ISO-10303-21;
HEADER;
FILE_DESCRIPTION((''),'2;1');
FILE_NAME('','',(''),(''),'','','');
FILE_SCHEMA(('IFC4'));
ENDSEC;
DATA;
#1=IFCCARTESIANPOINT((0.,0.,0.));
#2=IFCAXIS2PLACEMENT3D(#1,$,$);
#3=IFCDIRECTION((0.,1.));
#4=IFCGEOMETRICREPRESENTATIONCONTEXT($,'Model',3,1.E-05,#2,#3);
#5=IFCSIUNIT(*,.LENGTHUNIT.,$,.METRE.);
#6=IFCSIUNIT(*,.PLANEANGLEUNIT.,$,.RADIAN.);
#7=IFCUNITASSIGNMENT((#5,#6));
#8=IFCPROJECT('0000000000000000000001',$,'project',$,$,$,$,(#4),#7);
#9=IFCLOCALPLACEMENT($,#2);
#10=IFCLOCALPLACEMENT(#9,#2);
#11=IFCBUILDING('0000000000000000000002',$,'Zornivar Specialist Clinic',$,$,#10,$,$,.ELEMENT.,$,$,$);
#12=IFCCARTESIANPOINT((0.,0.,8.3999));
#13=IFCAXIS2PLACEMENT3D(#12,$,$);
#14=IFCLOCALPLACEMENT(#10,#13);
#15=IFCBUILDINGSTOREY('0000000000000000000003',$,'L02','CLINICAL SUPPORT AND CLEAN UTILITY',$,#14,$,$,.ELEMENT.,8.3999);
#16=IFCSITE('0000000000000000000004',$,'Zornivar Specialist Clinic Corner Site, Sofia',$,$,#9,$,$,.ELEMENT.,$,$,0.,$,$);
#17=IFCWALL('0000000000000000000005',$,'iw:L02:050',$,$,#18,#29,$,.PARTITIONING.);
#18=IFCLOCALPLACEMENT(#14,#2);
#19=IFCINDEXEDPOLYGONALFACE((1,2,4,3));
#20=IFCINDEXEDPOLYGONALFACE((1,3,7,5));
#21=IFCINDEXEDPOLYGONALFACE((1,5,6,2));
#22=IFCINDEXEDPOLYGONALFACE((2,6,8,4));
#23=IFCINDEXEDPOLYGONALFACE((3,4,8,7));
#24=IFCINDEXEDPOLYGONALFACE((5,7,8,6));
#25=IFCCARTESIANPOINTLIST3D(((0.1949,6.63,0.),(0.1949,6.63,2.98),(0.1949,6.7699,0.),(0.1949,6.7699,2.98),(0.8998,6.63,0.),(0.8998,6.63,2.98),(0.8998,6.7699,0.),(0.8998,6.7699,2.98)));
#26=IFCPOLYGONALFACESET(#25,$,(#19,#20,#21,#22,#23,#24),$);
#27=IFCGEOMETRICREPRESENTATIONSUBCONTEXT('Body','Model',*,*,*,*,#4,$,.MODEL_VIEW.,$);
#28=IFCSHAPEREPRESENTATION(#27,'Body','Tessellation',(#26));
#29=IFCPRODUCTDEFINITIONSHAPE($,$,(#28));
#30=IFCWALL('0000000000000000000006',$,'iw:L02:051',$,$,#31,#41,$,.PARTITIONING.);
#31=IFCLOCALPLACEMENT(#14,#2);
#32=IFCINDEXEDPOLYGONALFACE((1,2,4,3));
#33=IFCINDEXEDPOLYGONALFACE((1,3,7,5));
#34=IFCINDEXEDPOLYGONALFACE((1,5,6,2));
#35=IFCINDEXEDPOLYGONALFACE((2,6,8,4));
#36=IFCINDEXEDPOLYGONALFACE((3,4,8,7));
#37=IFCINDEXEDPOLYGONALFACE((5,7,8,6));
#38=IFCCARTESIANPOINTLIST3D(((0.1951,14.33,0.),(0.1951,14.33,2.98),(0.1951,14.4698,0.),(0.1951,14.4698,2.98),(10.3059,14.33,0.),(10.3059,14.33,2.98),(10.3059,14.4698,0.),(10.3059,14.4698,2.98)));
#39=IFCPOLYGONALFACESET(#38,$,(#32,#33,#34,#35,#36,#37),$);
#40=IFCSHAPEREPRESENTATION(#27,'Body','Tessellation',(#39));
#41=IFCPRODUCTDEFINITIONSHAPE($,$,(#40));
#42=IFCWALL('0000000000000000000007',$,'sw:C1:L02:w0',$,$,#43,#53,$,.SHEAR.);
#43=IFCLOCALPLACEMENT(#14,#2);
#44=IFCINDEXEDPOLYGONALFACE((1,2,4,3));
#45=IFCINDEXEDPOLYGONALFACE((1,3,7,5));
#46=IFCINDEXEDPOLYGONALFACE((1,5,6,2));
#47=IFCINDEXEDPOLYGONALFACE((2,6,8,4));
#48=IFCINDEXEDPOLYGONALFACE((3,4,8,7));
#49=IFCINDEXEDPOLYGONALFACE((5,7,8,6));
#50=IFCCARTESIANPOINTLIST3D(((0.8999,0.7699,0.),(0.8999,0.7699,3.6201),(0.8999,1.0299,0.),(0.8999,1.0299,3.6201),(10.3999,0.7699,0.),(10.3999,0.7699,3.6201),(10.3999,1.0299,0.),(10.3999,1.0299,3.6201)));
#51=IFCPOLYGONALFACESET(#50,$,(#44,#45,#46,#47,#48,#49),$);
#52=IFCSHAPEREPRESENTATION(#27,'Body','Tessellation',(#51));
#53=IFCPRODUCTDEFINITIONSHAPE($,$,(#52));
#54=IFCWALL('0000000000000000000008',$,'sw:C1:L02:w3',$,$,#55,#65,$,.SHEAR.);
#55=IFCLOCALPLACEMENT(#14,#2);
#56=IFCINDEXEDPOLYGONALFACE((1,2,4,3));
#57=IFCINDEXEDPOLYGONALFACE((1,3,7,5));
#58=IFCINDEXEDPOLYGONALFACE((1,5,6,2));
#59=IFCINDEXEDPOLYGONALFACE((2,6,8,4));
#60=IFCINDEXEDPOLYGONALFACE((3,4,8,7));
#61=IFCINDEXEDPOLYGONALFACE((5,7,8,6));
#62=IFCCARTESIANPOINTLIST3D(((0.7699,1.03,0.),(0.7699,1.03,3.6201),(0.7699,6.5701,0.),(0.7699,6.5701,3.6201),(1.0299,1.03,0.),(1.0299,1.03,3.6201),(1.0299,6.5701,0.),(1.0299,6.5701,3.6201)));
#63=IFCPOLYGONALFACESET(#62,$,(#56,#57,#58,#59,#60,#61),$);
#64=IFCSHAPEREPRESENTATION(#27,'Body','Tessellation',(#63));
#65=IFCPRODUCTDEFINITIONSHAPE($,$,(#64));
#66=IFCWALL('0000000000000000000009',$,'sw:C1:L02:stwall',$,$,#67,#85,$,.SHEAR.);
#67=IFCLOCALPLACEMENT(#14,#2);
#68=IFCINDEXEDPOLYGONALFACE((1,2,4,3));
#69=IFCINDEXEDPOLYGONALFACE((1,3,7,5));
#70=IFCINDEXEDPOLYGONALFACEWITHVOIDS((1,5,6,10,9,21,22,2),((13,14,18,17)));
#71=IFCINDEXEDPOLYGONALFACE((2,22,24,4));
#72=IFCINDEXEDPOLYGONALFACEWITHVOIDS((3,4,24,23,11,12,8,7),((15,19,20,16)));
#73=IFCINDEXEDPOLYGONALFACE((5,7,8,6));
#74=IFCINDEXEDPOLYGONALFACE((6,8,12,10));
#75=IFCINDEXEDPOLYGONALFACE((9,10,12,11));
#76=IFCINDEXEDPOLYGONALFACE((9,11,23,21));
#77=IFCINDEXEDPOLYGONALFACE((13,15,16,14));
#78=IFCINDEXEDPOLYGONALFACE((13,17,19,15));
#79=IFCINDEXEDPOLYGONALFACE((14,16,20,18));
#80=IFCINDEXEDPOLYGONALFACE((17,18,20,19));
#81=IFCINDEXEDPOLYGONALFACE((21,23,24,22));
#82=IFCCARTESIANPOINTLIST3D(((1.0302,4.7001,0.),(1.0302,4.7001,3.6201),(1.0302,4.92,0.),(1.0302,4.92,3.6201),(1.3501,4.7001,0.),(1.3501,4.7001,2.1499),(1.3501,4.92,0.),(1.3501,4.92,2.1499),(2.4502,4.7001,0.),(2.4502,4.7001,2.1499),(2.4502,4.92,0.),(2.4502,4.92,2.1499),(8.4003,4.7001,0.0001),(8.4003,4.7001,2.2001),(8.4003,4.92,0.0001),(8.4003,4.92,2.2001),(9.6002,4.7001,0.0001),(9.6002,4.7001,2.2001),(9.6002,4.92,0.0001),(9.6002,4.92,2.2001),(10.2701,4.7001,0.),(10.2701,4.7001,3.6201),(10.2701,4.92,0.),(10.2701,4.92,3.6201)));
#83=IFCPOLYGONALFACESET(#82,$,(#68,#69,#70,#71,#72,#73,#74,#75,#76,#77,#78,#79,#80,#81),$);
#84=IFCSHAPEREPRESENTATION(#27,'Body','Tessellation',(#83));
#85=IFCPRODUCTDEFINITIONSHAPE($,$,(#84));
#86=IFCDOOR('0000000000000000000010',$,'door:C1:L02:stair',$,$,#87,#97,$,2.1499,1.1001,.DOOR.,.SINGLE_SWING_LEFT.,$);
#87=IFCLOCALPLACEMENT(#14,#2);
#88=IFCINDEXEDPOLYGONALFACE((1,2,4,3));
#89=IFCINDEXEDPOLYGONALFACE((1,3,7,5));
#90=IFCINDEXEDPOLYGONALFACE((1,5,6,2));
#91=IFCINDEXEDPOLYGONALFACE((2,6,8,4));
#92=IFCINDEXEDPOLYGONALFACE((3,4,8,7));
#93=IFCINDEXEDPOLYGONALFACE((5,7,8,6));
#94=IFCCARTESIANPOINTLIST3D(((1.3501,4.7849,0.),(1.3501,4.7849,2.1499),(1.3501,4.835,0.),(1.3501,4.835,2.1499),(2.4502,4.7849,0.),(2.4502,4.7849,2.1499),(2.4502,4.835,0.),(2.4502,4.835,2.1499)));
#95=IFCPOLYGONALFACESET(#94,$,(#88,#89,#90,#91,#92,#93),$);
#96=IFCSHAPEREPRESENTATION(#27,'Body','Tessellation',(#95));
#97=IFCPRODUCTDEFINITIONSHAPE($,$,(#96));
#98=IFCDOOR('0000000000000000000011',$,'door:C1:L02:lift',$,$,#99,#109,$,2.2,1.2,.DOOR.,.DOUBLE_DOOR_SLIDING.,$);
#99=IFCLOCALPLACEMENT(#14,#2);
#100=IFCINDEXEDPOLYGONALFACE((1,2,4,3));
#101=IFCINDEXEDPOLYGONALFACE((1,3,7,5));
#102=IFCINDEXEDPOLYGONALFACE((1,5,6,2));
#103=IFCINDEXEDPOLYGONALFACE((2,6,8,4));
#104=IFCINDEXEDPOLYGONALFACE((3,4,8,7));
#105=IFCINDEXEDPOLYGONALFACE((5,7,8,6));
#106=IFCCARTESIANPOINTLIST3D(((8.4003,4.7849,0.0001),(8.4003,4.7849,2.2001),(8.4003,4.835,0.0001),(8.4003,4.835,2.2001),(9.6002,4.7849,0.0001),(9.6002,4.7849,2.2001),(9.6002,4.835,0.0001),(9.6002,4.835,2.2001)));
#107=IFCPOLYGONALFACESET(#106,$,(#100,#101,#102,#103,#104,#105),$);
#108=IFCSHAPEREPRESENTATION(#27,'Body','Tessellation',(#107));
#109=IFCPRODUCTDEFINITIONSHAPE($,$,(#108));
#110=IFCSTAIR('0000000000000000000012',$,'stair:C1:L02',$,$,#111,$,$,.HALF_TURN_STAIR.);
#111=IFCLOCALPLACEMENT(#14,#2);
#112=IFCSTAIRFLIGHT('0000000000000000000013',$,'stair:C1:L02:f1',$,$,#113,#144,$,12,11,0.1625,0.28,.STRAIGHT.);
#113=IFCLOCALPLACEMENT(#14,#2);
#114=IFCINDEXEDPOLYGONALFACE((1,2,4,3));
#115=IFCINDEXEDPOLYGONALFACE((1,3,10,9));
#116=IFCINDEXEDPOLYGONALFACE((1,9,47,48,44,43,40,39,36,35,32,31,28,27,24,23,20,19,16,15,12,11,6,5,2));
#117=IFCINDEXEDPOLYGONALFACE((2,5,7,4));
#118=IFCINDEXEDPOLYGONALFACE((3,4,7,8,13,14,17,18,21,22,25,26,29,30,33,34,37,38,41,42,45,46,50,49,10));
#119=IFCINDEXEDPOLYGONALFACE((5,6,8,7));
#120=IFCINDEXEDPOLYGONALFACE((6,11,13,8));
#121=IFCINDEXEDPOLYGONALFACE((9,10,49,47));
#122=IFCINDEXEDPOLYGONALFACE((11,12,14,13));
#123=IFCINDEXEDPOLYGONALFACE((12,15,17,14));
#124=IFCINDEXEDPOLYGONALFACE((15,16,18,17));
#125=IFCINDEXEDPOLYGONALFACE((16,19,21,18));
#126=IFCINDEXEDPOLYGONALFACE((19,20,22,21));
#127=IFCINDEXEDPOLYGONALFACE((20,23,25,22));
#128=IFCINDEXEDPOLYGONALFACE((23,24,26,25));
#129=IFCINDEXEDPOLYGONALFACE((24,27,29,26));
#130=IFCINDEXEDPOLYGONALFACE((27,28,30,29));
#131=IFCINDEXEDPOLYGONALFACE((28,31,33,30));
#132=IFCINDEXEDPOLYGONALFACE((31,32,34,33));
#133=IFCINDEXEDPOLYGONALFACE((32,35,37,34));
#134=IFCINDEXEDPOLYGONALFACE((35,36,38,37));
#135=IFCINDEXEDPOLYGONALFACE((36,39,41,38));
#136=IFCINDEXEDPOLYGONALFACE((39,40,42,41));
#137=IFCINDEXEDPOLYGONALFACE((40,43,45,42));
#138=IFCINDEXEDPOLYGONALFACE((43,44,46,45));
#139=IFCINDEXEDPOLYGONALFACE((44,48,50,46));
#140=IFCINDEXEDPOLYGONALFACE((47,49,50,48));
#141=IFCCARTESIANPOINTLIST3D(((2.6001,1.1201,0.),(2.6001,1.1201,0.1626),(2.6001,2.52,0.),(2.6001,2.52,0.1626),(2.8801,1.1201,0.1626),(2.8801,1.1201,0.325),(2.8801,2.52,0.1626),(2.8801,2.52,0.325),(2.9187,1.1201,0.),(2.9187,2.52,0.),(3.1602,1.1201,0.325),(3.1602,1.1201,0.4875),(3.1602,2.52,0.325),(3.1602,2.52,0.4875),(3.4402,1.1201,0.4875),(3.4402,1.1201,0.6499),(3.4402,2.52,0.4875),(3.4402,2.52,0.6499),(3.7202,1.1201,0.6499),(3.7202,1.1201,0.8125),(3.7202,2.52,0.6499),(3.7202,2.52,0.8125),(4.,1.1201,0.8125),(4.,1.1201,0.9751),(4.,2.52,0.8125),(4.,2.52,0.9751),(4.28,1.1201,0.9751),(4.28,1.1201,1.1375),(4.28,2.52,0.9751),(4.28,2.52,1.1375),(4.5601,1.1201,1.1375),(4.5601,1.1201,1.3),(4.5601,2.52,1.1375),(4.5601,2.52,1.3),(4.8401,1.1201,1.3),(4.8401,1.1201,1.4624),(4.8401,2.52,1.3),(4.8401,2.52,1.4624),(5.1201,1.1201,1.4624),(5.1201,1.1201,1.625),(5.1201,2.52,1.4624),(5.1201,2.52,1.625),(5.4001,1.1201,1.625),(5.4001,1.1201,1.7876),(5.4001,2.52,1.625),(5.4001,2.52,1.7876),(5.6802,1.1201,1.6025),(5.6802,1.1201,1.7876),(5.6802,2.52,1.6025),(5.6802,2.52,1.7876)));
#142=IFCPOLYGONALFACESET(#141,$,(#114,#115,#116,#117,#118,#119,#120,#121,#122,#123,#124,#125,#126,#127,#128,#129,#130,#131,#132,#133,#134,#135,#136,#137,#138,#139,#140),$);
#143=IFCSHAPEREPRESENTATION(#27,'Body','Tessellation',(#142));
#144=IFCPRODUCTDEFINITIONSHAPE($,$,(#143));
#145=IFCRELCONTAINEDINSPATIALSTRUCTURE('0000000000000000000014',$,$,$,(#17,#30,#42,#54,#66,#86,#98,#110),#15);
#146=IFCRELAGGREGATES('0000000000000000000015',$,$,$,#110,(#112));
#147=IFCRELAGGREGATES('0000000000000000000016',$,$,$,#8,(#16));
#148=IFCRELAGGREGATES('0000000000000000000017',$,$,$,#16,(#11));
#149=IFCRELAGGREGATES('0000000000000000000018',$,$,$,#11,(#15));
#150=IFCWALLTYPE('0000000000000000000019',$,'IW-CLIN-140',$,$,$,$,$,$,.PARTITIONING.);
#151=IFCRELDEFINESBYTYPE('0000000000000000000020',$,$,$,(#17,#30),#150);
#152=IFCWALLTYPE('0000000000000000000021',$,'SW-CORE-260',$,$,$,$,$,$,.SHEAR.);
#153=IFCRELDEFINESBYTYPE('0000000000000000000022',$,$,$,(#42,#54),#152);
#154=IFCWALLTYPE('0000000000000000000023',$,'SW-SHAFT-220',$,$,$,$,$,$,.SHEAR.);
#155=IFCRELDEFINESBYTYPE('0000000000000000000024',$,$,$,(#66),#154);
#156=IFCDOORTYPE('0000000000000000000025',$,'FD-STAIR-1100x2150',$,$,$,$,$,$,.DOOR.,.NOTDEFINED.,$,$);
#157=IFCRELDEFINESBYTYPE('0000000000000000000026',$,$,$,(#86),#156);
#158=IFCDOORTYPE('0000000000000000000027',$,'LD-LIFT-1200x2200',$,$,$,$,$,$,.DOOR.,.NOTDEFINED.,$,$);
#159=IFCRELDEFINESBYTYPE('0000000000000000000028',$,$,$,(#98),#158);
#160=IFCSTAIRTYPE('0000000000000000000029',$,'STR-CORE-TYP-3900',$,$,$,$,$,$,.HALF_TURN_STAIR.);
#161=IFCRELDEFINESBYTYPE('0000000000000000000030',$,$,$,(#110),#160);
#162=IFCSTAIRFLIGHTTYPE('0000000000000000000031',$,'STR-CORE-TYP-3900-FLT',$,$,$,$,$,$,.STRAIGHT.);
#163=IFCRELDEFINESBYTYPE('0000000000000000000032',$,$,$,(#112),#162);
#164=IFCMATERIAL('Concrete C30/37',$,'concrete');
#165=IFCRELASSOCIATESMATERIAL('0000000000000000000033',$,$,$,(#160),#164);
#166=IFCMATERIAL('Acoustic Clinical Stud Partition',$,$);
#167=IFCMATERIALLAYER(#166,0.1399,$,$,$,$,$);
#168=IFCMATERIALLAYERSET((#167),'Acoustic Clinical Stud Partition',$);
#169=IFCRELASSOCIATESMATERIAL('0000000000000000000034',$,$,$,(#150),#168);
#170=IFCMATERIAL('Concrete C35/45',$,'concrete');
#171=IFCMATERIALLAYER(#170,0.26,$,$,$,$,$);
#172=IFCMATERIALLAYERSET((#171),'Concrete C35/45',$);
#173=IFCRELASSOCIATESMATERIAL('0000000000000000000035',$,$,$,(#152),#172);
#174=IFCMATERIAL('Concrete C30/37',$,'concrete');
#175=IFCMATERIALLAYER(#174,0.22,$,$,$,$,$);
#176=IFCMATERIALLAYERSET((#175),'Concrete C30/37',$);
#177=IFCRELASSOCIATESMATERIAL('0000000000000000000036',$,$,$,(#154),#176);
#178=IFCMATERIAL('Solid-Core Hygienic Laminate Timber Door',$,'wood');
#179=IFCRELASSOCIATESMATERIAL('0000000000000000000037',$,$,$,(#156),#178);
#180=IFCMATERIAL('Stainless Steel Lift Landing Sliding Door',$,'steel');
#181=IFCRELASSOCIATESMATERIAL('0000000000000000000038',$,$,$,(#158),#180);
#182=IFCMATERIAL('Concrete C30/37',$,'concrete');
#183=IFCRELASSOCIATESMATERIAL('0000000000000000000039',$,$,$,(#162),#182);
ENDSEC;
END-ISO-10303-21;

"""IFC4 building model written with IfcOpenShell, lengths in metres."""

from ifc_helpers import new_model, si_unit, direction, frame, frame_2d, origin, place, context, subcontext, project, spatial, polyline, rectangle, outline, extrude, material, layer, layer_set, type_object, element, fill, aggregate, save


model = new_model("IFC4")

# Units and contexts
model_context = context("Model", 3, precision=1e-05, world=origin(), true_north=direction((0.0, 1.0)))
body_context = subcontext(model_context, "Body", "Model", "MODEL_VIEW")
ifc_project = project(units=[si_unit("LENGTHUNIT", "METRE"), si_unit("PLANEANGLEUNIT", "RADIAN")], contexts=[model_context])

# Site, building, storey
site_placement = place(None, origin())
site = spatial("IfcSite", under=ifc_project, at=site_placement, Name="Zornivar Specialist Clinic Corner Site, Sofia", CompositionType="ELEMENT", RefElevation=0.0)
building_placement = place(site_placement, origin())
building = spatial("IfcBuilding", under=site, at=building_placement, Name="Zornivar Specialist Clinic", CompositionType="ELEMENT")
storey_placement = place(building_placement, frame((0.0, 0.0, 8.3999)))
storey = spatial("IfcBuildingStorey", under=building, at=storey_placement, Name="L02", Description="CLINICAL SUPPORT AND CLEAN UTILITY", CompositionType="ELEMENT", Elevation=8.3999)

# Shared definitions
ifc_material_1 = material(Name="Concrete C30/37", Category="concrete")
stair_type = type_object("IfcStairType", Name="STR-CORE-TYP-3900", PredefinedType="HALF_TURN_STAIR", material=ifc_material_1)

# Walls
ifc_material_2 = material(Name="Acoustic Clinical Stud Partition")
ifc_layer_1 = layer(ifc_material_2, 0.1399)
ifc_layer_set_1 = layer_set([ifc_layer_1], Name="Acoustic Clinical Stud Partition")
wall_type_1 = type_object("IfcWallType", Name="IW-CLIN-140", PredefinedType="PARTITIONING", material=ifc_layer_set_1)
wall_1_placement = place(storey_placement, frame((0.8999, 6.7, 0.0), z_axis=(0.0, 0.0, 1.0), x_axis=(-1.0, 0.0, 0.0)))
element("IfcWall", 1, at=wall_1_placement, inside=storey, type_object=wall_type_1, Name="iw:L02:050", PredefinedType="PARTITIONING", context=body_context, shape_type="SweptSolid", body=[
    extrude(rectangle(XDim=0.7048, YDim=0.1399, at=frame_2d((0.3525, 0.0))), origin(), (0.0, 0.0, 1.0), 2.98),
])
wall_2_placement = place(storey_placement, frame((0.1951, 14.3999, 0.0), z_axis=(0.0, 0.0, 1.0), x_axis=(1.0, 0.0, 0.0)))
element("IfcWall", 2, at=wall_2_placement, inside=storey, type_object=wall_type_1, Name="iw:L02:051", PredefinedType="PARTITIONING", context=body_context, shape_type="SweptSolid", body=[
    extrude(rectangle(XDim=10.1108, YDim=0.1399, at=frame_2d((5.0554, 0.0))), origin(), (0.0, 0.0, 1.0), 2.98),
])
ifc_material_3 = material(Name="Concrete C35/45", Category="concrete")
ifc_layer_2 = layer(ifc_material_3, 0.26)
ifc_layer_set_2 = layer_set([ifc_layer_2], Name="Concrete C35/45")
wall_type_2 = type_object("IfcWallType", Name="SW-CORE-260", PredefinedType="SHEAR", material=ifc_layer_set_2)
wall_3_placement = place(storey_placement, frame((0.8999, 0.8999, 0.0), z_axis=(0.0, 0.0, 1.0), x_axis=(1.0, 0.0, 0.0)))
element("IfcWall", 3, at=wall_3_placement, inside=storey, type_object=wall_type_2, Name="sw:C1:L02:w0", PredefinedType="SHEAR", context=body_context, shape_type="SweptSolid", body=[
    extrude(rectangle(XDim=9.5, YDim=0.26, at=frame_2d((4.75, 0.0))), origin(), (0.0, 0.0, 1.0), 3.6201),
])
wall_4_placement = place(storey_placement, frame((0.8999, 6.5701, 0.0), z_axis=(0.0, 0.0, 1.0), x_axis=(0.0, -1.0, 0.0)))
element("IfcWall", 4, at=wall_4_placement, inside=storey, type_object=wall_type_2, Name="sw:C1:L02:w3", PredefinedType="SHEAR", context=body_context, shape_type="SweptSolid", body=[
    extrude(rectangle(XDim=5.54, YDim=0.26, at=frame_2d((2.77, 0.0))), origin(), (0.0, 0.0, 1.0), 3.6201),
])

# Wall, openings, doors
ifc_material_4 = material(Name="Concrete C30/37", Category="concrete")
ifc_layer_3 = layer(ifc_material_4, 0.22)
ifc_layer_set_3 = layer_set([ifc_layer_3], Name="Concrete C30/37")
wall_type_3 = type_object("IfcWallType", Name="SW-SHAFT-220", PredefinedType="SHEAR", material=ifc_layer_set_3)
wall_5_placement = place(storey_placement, frame((1.03, 4.8101, 0.0), z_axis=(0.0, 0.0, 1.0), x_axis=(1.0, 0.0, 0.0)))
wall_5 = element("IfcWall", 5, at=wall_5_placement, inside=storey, type_object=wall_type_3, Name="sw:C1:L02:stwall", PredefinedType="SHEAR", context=body_context, shape_type="SweptSolid", body=[
    extrude(rectangle(XDim=9.24, YDim=0.22, at=frame_2d((4.6201, 0.0))), origin(), (0.0, 0.0, 1.0), 3.6201),
])
opening_1_placement = place(wall_5_placement, frame((0.3201, 0.0, 0.0)))
opening_1 = element("IfcOpeningElement", 6, at=opening_1_placement, cuts=wall_5, PredefinedType="OPENING", context=body_context, shape_type="SweptSolid", body=[
    extrude(rectangle(XDim=1.1001, YDim=2.1499, at=frame_2d((0.55, 1.075))), frame((0.0, 0.1199, 0.0), z_axis=(0.0, -1.0, 0.0), x_axis=(1.0, 0.0, 0.0)), (0.0, 0.0, 1.0), 0.24),
])
opening_2_placement = place(wall_5_placement, frame((7.3701, 0.0, 0.0)))
opening_2 = element("IfcOpeningElement", 7, at=opening_2_placement, cuts=wall_5, PredefinedType="OPENING", context=body_context, shape_type="SweptSolid", body=[
    extrude(rectangle(XDim=1.2, YDim=2.2, at=frame_2d((0.6001, 1.1001))), frame((0.0, 0.1199, 0.0), z_axis=(0.0, -1.0, 0.0), x_axis=(1.0, 0.0, 0.0)), (0.0, 0.0, 1.0), 0.24),
])
ifc_material_5 = material(Name="Solid-Core Hygienic Laminate Timber Door", Category="wood")
door_type_1 = type_object("IfcDoorType", Name="FD-STAIR-1100x2150", OperationType="NOTDEFINED", PredefinedType="DOOR", material=ifc_material_5)
door_1_placement = place(opening_1_placement, origin())
door_1 = element("IfcDoor", 8, at=door_1_placement, inside=storey, type_object=door_type_1, Name="door:C1:L02:stair", OperationType="SINGLE_SWING_LEFT", OverallHeight=2.1499, OverallWidth=1.1001, PredefinedType="DOOR", context=body_context, shape_type="SweptSolid", body=[
    extrude(rectangle(XDim=1.1001, YDim=2.1499, at=frame_2d((0.55, 1.075))), frame((0.0, 0.0249, 0.0), z_axis=(0.0, -1.0, 0.0), x_axis=(1.0, 0.0, 0.0)), (0.0, 0.0, 1.0), 0.05),
])
fill(opening_1, door_1)
ifc_material_6 = material(Name="Stainless Steel Lift Landing Sliding Door", Category="steel")
door_type_2 = type_object("IfcDoorType", Name="LD-LIFT-1200x2200", OperationType="NOTDEFINED", PredefinedType="DOOR", material=ifc_material_6)
door_2_placement = place(opening_2_placement, origin())
door_2 = element("IfcDoor", 9, at=door_2_placement, inside=storey, type_object=door_type_2, Name="door:C1:L02:lift", OperationType="DOUBLE_DOOR_SLIDING", OverallHeight=2.2, OverallWidth=1.2, PredefinedType="DOOR", context=body_context, shape_type="SweptSolid", body=[
    extrude(rectangle(XDim=1.2, YDim=2.2, at=frame_2d((0.6001, 1.1001))), frame((0.0, 0.0249, 0.0), z_axis=(0.0, -1.0, 0.0), x_axis=(1.0, 0.0, 0.0)), (0.0, 0.0, 1.0), 0.05),
])
fill(opening_2, door_2)

# Stair, stair flight
stair_1_placement = place(storey_placement, origin())
stair_1 = element("IfcStair", 10, at=stair_1_placement, inside=storey, type_object=stair_type, Name="stair:C1:L02", PredefinedType="HALF_TURN_STAIR")
ifc_material_7 = material(Name="Concrete C30/37", Category="concrete")
stair_flight_type = type_object("IfcStairFlightType", Name="STR-CORE-TYP-3900-FLT", PredefinedType="STRAIGHT", material=ifc_material_7)
stair_flight_1_placement = place(storey_placement, frame((2.6001, 1.8201, 0.0), z_axis=(0.0, 0.0, 1.0), x_axis=(1.0, 0.0, 0.0)))
stair_flight_1 = element("IfcStairFlight", 11, at=stair_flight_1_placement, type_object=stair_flight_type, Name="stair:C1:L02:f1", NumberOfRisers=12, NumberOfTreads=11, PredefinedType="STRAIGHT", RiserHeight=0.1625, TreadLength=0.28, context=body_context, shape_type="SweptSolid", body=[
    extrude(outline(polyline([(0.0, 0.0), (0.0, 0.1626), (0.28, 0.1626), (0.28, 0.325), (0.5601, 0.325), (0.5601, 0.4875), (0.8401, 0.4875), (0.8401, 0.6499), (1.1201, 0.6499), (1.1201, 0.8125), (1.3999, 0.8125), (1.3999, 0.9751), (1.6799, 0.9751), (1.6799, 1.1375), (1.96, 1.1375), (1.96, 1.3), (2.24, 1.3), (2.24, 1.4624), (2.52, 1.4624), (2.52, 1.625), (2.8, 1.625), (2.8, 1.7876), (3.0801, 1.7876), (3.0801, 1.95), (3.0801, 1.6025), (0.3186, 0.0), (0.0, 0.0)])), frame((0.0, 0.7, 0.0), z_axis=(0.0, -1.0, 0.0), x_axis=(1.0, 0.0, 0.0)), (0.0, 0.0, 1.0), 1.3999),
])
aggregate(stair_1, [stair_flight_1])

save(model, "model.ifc")
